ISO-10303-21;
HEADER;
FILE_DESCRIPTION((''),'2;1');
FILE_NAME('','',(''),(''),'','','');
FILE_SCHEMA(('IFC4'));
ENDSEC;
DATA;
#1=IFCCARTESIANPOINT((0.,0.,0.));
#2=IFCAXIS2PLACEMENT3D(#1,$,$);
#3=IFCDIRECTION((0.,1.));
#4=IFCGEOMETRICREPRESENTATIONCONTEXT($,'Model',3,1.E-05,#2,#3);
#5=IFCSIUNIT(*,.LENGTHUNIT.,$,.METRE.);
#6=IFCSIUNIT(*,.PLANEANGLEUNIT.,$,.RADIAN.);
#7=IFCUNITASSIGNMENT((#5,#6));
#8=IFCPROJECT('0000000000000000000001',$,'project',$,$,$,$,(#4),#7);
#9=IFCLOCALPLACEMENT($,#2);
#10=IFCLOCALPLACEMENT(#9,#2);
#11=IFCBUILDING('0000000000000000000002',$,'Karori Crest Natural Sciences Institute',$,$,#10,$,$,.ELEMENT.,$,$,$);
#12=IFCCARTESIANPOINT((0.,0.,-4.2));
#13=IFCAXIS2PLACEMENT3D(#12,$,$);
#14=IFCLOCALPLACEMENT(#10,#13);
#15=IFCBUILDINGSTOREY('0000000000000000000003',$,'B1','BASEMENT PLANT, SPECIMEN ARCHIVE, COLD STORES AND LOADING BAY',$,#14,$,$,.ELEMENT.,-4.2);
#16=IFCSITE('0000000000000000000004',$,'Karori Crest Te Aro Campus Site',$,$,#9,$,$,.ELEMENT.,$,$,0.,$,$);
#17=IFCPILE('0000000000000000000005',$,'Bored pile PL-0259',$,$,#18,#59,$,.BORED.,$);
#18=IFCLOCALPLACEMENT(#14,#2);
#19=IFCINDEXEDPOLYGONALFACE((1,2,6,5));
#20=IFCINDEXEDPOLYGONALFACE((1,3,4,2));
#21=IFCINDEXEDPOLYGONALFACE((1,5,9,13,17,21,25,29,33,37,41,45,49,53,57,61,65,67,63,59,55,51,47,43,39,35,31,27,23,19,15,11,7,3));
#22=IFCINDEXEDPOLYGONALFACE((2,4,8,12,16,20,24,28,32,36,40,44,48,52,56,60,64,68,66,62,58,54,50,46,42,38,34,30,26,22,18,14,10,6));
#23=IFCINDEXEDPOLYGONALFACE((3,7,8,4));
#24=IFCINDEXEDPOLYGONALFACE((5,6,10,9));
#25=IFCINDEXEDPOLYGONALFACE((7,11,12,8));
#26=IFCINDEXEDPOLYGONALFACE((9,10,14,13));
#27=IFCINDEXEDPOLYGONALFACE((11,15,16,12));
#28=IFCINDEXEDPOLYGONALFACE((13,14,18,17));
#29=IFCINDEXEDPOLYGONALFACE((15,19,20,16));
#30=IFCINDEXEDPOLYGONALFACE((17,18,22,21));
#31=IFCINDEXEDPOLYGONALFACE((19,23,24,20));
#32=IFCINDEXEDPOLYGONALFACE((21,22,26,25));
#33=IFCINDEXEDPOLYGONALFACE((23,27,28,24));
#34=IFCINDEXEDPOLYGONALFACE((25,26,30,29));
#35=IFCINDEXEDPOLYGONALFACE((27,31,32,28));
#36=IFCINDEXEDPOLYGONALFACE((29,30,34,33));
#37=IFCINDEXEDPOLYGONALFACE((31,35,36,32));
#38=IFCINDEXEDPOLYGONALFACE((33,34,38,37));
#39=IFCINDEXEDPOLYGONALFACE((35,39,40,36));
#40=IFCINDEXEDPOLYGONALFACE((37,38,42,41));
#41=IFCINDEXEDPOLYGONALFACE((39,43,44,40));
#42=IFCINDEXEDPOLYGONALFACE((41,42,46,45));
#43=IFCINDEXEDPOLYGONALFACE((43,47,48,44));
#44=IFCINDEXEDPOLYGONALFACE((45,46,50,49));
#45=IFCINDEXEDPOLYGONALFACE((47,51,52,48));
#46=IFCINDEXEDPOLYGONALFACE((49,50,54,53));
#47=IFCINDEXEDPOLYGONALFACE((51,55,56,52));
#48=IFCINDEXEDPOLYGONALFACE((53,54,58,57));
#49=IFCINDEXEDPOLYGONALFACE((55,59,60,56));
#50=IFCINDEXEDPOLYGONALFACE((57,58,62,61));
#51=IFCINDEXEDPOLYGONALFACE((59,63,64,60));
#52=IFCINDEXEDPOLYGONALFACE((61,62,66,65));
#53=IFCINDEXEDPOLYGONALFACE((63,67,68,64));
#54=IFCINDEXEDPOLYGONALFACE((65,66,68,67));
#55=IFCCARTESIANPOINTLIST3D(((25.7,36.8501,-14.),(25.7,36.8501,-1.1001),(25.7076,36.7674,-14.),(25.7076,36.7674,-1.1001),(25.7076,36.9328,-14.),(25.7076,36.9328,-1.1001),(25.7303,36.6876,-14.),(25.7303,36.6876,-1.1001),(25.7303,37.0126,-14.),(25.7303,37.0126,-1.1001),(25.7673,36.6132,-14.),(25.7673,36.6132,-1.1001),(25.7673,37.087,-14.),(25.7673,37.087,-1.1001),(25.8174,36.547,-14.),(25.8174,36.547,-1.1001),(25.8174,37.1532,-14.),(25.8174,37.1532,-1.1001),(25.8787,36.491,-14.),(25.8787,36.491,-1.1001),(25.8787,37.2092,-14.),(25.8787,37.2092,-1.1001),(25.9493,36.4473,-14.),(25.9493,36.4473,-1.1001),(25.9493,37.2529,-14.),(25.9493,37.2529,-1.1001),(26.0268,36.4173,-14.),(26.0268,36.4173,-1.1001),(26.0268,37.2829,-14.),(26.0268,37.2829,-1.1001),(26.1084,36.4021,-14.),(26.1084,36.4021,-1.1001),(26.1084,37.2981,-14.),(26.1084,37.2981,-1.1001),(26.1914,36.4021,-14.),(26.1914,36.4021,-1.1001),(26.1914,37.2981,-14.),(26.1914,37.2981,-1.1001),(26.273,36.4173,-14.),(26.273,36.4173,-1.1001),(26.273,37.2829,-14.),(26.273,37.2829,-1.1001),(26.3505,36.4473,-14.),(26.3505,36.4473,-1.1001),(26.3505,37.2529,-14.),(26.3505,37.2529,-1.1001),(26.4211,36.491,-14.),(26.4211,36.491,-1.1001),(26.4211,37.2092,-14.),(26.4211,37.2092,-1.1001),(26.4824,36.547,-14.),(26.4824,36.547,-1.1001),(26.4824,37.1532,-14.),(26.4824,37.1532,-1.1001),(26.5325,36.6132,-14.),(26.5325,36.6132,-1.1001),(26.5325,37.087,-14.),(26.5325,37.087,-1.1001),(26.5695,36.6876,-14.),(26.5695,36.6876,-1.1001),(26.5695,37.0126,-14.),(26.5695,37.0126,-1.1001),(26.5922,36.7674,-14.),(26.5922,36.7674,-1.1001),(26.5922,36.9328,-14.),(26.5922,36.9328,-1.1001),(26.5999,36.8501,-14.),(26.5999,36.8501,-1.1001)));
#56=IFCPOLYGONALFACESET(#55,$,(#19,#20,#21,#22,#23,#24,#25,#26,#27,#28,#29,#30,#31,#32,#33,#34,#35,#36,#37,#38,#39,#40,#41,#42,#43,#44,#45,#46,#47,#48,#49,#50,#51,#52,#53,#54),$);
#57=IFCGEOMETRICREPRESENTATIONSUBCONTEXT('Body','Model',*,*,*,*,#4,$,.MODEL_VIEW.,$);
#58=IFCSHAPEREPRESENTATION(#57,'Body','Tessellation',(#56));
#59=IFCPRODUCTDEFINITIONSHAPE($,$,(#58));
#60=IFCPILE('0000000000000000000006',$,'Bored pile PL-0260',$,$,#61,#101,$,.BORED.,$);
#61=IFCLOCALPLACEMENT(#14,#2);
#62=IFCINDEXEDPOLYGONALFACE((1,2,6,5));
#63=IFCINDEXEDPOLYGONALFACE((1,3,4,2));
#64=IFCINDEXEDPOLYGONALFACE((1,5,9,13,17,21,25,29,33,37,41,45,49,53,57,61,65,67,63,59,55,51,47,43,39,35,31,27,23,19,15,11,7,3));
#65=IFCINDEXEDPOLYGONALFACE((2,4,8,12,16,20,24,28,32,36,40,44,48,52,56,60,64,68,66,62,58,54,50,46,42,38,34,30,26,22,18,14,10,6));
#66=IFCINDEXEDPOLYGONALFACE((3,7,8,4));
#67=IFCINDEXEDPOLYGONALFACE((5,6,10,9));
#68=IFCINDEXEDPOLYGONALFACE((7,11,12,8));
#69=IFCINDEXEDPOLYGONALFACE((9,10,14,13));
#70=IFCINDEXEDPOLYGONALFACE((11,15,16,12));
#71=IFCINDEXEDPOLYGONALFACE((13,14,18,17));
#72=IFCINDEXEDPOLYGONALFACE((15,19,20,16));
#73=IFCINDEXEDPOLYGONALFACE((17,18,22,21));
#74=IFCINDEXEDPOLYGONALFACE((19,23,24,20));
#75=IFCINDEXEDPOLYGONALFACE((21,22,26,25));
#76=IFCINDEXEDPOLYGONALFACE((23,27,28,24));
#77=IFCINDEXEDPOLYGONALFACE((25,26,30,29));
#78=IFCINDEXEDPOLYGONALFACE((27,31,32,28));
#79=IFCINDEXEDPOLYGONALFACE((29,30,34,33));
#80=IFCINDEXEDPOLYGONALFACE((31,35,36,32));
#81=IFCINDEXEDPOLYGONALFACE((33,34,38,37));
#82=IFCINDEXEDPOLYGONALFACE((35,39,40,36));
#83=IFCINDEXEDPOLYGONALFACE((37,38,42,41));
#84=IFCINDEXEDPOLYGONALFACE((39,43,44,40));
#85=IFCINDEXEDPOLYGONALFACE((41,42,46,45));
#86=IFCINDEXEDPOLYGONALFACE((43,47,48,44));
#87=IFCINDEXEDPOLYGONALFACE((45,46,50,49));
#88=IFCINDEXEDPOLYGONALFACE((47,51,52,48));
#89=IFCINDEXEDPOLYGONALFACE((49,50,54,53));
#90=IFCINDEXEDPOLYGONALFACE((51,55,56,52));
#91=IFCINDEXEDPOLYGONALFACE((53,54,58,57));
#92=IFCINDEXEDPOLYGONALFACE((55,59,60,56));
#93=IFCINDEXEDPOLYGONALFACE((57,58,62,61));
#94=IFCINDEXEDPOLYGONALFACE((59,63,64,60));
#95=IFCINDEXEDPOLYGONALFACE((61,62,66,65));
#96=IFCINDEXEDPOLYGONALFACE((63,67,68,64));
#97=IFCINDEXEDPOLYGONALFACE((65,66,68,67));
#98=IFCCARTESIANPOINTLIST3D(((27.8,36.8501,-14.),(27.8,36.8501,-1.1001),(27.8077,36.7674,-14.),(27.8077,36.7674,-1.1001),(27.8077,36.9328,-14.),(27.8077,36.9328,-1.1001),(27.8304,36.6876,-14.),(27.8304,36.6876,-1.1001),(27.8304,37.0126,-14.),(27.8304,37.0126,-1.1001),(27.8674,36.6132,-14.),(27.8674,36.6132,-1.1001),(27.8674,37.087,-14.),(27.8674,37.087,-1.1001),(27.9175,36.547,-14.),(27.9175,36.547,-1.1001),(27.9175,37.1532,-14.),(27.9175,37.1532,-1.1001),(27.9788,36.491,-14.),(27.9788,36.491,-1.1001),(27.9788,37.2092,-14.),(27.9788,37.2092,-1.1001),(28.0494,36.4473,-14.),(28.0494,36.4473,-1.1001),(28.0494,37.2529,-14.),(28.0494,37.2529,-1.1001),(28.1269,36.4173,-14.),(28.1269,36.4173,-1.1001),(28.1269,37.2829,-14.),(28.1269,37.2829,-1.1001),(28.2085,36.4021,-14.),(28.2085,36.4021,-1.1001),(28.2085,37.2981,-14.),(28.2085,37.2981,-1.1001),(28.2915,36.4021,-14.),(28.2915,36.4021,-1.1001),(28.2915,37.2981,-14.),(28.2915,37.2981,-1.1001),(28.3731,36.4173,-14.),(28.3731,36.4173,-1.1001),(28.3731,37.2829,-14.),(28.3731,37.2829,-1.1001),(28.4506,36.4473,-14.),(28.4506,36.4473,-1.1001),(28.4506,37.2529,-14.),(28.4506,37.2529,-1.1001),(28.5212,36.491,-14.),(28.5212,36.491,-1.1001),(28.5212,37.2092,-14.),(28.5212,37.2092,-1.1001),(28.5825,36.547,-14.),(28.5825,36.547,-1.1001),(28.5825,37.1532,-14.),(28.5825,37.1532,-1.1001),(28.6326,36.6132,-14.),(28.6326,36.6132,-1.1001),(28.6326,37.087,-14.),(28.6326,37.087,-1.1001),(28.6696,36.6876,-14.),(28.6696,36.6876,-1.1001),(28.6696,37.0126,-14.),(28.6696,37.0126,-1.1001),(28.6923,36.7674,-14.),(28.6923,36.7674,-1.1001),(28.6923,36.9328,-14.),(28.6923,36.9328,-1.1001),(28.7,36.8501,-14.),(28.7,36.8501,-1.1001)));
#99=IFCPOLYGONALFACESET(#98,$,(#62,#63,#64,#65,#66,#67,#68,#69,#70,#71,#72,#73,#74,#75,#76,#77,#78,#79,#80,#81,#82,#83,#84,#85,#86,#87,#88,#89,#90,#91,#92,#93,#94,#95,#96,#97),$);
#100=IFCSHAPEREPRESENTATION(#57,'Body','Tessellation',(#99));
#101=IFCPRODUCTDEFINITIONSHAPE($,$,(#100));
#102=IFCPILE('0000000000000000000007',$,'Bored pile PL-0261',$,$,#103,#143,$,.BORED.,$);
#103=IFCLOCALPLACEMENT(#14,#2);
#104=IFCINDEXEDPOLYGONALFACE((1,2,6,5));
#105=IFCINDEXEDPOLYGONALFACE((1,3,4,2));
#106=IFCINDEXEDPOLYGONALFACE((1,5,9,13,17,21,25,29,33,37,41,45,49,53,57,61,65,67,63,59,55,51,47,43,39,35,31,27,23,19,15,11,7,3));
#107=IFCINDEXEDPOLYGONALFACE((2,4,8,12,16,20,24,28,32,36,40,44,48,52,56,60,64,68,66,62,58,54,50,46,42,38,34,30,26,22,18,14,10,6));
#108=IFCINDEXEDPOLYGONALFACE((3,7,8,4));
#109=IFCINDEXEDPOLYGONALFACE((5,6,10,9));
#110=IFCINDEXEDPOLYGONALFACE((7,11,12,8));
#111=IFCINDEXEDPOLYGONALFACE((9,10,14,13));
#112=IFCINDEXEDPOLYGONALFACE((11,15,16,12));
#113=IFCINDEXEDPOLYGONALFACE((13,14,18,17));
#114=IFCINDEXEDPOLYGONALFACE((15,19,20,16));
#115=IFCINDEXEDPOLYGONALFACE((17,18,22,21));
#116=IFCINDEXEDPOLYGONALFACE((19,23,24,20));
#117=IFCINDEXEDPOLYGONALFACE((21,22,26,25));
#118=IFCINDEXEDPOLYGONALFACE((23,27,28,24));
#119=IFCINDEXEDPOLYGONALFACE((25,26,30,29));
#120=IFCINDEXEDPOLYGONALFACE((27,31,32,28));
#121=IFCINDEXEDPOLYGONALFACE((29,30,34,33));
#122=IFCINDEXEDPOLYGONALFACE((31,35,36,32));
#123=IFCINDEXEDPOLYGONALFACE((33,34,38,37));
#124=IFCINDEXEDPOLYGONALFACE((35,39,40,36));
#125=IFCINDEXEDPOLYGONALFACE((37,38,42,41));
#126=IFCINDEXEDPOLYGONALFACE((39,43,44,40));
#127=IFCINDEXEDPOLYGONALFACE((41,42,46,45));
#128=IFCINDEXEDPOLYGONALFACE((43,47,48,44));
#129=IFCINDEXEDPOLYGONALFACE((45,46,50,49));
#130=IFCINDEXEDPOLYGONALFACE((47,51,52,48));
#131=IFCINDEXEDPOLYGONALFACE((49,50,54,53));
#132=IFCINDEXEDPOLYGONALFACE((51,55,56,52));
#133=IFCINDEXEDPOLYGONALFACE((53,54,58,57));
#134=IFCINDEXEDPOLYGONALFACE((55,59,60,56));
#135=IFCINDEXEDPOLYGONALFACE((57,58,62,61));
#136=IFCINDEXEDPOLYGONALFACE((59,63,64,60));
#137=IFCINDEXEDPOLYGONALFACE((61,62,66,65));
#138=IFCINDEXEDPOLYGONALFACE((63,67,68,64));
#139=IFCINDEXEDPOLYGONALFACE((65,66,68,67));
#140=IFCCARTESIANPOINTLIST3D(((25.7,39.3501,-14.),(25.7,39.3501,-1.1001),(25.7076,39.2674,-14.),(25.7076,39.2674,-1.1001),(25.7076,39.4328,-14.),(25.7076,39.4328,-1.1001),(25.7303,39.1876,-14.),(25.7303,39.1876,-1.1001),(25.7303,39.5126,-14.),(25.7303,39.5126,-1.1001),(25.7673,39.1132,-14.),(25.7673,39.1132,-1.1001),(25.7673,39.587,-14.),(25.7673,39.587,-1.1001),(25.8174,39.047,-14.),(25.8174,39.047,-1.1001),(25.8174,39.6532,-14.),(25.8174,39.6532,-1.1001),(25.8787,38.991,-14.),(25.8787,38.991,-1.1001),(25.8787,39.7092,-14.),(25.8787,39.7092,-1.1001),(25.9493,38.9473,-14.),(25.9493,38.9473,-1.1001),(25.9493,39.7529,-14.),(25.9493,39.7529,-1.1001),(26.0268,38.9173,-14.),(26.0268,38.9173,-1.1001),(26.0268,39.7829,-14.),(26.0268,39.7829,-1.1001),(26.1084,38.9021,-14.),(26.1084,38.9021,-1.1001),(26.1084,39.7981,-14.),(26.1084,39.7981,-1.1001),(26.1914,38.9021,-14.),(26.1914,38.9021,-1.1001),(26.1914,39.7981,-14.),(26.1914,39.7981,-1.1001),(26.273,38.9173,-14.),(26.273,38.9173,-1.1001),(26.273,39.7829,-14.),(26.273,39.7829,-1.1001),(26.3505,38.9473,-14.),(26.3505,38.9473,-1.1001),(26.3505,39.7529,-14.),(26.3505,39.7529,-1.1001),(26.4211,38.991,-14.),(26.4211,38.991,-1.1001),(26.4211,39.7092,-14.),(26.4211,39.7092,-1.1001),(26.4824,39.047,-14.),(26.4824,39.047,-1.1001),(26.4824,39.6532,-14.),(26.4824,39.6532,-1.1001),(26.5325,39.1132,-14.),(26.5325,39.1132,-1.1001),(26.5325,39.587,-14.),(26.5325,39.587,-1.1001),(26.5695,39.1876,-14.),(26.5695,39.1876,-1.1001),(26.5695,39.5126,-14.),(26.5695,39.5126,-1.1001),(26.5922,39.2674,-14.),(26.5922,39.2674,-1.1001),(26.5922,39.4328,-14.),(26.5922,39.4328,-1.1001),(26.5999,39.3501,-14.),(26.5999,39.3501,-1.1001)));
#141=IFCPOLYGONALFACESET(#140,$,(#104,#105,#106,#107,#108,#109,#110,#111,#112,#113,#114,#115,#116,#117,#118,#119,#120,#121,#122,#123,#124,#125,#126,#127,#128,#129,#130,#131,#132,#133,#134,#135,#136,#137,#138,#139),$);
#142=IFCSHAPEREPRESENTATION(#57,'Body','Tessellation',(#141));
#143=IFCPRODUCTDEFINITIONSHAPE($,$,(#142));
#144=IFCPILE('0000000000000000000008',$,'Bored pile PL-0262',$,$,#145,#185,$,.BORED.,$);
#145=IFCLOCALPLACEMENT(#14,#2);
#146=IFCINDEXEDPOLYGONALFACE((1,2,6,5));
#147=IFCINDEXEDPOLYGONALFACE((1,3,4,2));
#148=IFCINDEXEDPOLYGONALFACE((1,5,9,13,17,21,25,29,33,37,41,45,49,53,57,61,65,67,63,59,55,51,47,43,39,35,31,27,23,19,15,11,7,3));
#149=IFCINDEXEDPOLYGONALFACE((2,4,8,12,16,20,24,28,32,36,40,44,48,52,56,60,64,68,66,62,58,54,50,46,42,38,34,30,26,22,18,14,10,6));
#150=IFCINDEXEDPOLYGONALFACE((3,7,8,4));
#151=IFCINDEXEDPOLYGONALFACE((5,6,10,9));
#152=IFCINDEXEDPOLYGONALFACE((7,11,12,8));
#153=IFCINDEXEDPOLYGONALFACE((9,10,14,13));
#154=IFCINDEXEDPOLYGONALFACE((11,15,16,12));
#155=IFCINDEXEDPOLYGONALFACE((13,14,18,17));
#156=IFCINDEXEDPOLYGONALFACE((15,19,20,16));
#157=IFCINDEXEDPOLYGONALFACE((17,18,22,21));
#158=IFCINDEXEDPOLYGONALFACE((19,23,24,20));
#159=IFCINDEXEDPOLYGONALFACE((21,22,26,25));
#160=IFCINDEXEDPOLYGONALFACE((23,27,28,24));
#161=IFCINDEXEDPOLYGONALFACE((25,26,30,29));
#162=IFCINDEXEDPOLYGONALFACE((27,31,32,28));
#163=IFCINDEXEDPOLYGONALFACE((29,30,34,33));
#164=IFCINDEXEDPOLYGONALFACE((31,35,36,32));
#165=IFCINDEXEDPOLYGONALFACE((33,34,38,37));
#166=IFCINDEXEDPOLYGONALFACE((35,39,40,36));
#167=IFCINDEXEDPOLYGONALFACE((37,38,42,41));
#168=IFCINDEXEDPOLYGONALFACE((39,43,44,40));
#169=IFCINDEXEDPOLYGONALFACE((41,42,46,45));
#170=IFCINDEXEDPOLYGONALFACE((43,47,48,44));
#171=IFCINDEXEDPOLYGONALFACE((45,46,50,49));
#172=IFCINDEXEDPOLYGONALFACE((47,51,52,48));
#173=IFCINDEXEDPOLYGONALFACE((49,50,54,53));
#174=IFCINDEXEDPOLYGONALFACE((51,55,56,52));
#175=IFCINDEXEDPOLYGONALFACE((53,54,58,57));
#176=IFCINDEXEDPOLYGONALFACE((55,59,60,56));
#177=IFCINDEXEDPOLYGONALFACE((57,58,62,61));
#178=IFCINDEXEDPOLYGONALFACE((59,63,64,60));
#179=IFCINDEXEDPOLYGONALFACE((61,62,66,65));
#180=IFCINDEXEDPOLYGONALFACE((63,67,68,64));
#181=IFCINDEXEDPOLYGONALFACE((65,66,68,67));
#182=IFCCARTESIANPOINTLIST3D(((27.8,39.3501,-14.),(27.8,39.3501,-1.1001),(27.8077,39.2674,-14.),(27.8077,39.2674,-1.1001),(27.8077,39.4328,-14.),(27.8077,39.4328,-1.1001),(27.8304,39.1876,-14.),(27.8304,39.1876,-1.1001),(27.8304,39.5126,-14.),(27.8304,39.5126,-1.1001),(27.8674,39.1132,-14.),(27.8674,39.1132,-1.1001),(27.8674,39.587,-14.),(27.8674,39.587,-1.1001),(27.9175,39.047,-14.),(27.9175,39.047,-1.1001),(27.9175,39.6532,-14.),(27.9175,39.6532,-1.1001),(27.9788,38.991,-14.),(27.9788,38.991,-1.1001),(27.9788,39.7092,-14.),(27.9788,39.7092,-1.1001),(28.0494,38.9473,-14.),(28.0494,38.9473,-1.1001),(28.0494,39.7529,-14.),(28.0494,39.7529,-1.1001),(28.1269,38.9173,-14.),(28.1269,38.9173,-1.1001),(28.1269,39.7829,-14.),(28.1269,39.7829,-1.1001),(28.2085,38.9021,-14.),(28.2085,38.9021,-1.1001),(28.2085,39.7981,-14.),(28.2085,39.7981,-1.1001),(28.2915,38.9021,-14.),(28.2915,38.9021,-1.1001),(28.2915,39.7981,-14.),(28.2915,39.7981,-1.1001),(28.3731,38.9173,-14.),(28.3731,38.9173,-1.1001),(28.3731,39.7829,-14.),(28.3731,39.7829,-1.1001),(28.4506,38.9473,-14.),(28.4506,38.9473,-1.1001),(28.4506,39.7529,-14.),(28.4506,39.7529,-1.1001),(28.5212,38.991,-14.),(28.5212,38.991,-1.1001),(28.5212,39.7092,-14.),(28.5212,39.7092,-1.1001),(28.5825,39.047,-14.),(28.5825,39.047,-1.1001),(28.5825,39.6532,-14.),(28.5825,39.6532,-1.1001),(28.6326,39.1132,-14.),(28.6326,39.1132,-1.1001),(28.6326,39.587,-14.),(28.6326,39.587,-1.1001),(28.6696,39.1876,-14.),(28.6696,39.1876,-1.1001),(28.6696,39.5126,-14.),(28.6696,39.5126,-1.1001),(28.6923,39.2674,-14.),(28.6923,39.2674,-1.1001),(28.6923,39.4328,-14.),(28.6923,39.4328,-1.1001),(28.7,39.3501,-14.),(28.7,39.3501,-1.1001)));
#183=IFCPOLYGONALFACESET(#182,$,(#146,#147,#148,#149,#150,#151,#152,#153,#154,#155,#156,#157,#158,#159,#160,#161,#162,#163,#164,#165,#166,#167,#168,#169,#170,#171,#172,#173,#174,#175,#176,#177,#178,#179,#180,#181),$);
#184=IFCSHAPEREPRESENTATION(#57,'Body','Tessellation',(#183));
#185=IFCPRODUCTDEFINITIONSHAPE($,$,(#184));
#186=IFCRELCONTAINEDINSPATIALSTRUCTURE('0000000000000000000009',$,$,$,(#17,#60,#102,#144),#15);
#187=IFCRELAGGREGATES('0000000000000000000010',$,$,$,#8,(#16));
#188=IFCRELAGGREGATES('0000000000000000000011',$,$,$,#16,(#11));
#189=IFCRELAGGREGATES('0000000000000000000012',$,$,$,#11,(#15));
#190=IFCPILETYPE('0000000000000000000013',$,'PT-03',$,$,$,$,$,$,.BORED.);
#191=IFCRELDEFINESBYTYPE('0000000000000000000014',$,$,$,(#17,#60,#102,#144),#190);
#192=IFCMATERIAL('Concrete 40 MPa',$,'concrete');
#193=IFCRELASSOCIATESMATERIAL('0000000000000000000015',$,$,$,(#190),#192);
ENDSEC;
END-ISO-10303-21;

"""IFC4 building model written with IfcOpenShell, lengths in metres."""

from ifc_helpers import new_model, si_unit, direction, frame, origin, origin_2d, place, context, subcontext, project, spatial, circle, extrude, material, material_profile, profile_set, type_object, element, save


model = new_model("IFC4")

# Units and contexts
model_context = context("Model", 3, precision=1e-05, world=origin(), true_north=direction((0.0, 1.0)))
body_context = subcontext(model_context, "Body", "Model", "MODEL_VIEW")
ifc_project = project(units=[si_unit("LENGTHUNIT", "METRE"), si_unit("PLANEANGLEUNIT", "RADIAN")], contexts=[model_context])

# Site, building, storey
site_placement = place(None, origin())
site = spatial("IfcSite", under=ifc_project, at=site_placement, Name="Karori Crest Te Aro Campus Site", CompositionType="ELEMENT", RefElevation=0.0)
building_placement = place(site_placement, origin())
building = spatial("IfcBuilding", under=site, at=building_placement, Name="Karori Crest Natural Sciences Institute", CompositionType="ELEMENT")
storey_placement = place(building_placement, frame((0.0, 0.0, -4.2)))
storey = spatial("IfcBuildingStorey", under=building, at=storey_placement, Name="B1", Description="BASEMENT PLANT, SPECIMEN ARCHIVE, COLD STORES AND LOADING BAY", CompositionType="ELEMENT", Elevation=-4.2)

# Shared definitions
ifc_material_1 = material(Name="Concrete 40 MPa", Category="concrete")

# Piles
ifc_material_profile_1 = material_profile(ifc_material_1, circle(Radius=0.45, at=origin_2d()), Name="PILE900")
ifc_profile_set_1 = profile_set([ifc_material_profile_1], Name="Concrete 40 MPa")
pile_type_1 = type_object("IfcPileType", Name="PT-03", PredefinedType="BORED", material=ifc_profile_set_1)
for number, where, z_axis, x_axis, name in (
    (1, (26.1499, 36.8501, -1.1001), (0.0, 0.0, -1.0), (1.0, 0.0, 0.0), "Bored pile PL-0259"),
    (2, (28.25, 36.8501, -1.1001), (0.0, 0.0, -1.0), (1.0, 0.0, 0.0), "Bored pile PL-0260"),
    (3, (26.1499, 39.3501, -1.1001), (0.0, 0.0, -1.0), (1.0, 0.0, 0.0), "Bored pile PL-0261"),
    (4, (28.25, 39.3501, -1.1001), (0.0, 0.0, -1.0), (1.0, 0.0, 0.0), "Bored pile PL-0262"),
):
    element("IfcPile", number, at=place(storey_placement, frame(where, z_axis=z_axis, x_axis=x_axis)), inside=storey, type_object=pile_type_1, Name=name, PredefinedType="BORED", context=body_context, shape_type="SweptSolid", body=[
        extrude(circle(Radius=0.45, at=origin_2d()), origin(), (0.0, 0.0, 1.0), 12.8999),
    ])

save(model, "model.ifc")
